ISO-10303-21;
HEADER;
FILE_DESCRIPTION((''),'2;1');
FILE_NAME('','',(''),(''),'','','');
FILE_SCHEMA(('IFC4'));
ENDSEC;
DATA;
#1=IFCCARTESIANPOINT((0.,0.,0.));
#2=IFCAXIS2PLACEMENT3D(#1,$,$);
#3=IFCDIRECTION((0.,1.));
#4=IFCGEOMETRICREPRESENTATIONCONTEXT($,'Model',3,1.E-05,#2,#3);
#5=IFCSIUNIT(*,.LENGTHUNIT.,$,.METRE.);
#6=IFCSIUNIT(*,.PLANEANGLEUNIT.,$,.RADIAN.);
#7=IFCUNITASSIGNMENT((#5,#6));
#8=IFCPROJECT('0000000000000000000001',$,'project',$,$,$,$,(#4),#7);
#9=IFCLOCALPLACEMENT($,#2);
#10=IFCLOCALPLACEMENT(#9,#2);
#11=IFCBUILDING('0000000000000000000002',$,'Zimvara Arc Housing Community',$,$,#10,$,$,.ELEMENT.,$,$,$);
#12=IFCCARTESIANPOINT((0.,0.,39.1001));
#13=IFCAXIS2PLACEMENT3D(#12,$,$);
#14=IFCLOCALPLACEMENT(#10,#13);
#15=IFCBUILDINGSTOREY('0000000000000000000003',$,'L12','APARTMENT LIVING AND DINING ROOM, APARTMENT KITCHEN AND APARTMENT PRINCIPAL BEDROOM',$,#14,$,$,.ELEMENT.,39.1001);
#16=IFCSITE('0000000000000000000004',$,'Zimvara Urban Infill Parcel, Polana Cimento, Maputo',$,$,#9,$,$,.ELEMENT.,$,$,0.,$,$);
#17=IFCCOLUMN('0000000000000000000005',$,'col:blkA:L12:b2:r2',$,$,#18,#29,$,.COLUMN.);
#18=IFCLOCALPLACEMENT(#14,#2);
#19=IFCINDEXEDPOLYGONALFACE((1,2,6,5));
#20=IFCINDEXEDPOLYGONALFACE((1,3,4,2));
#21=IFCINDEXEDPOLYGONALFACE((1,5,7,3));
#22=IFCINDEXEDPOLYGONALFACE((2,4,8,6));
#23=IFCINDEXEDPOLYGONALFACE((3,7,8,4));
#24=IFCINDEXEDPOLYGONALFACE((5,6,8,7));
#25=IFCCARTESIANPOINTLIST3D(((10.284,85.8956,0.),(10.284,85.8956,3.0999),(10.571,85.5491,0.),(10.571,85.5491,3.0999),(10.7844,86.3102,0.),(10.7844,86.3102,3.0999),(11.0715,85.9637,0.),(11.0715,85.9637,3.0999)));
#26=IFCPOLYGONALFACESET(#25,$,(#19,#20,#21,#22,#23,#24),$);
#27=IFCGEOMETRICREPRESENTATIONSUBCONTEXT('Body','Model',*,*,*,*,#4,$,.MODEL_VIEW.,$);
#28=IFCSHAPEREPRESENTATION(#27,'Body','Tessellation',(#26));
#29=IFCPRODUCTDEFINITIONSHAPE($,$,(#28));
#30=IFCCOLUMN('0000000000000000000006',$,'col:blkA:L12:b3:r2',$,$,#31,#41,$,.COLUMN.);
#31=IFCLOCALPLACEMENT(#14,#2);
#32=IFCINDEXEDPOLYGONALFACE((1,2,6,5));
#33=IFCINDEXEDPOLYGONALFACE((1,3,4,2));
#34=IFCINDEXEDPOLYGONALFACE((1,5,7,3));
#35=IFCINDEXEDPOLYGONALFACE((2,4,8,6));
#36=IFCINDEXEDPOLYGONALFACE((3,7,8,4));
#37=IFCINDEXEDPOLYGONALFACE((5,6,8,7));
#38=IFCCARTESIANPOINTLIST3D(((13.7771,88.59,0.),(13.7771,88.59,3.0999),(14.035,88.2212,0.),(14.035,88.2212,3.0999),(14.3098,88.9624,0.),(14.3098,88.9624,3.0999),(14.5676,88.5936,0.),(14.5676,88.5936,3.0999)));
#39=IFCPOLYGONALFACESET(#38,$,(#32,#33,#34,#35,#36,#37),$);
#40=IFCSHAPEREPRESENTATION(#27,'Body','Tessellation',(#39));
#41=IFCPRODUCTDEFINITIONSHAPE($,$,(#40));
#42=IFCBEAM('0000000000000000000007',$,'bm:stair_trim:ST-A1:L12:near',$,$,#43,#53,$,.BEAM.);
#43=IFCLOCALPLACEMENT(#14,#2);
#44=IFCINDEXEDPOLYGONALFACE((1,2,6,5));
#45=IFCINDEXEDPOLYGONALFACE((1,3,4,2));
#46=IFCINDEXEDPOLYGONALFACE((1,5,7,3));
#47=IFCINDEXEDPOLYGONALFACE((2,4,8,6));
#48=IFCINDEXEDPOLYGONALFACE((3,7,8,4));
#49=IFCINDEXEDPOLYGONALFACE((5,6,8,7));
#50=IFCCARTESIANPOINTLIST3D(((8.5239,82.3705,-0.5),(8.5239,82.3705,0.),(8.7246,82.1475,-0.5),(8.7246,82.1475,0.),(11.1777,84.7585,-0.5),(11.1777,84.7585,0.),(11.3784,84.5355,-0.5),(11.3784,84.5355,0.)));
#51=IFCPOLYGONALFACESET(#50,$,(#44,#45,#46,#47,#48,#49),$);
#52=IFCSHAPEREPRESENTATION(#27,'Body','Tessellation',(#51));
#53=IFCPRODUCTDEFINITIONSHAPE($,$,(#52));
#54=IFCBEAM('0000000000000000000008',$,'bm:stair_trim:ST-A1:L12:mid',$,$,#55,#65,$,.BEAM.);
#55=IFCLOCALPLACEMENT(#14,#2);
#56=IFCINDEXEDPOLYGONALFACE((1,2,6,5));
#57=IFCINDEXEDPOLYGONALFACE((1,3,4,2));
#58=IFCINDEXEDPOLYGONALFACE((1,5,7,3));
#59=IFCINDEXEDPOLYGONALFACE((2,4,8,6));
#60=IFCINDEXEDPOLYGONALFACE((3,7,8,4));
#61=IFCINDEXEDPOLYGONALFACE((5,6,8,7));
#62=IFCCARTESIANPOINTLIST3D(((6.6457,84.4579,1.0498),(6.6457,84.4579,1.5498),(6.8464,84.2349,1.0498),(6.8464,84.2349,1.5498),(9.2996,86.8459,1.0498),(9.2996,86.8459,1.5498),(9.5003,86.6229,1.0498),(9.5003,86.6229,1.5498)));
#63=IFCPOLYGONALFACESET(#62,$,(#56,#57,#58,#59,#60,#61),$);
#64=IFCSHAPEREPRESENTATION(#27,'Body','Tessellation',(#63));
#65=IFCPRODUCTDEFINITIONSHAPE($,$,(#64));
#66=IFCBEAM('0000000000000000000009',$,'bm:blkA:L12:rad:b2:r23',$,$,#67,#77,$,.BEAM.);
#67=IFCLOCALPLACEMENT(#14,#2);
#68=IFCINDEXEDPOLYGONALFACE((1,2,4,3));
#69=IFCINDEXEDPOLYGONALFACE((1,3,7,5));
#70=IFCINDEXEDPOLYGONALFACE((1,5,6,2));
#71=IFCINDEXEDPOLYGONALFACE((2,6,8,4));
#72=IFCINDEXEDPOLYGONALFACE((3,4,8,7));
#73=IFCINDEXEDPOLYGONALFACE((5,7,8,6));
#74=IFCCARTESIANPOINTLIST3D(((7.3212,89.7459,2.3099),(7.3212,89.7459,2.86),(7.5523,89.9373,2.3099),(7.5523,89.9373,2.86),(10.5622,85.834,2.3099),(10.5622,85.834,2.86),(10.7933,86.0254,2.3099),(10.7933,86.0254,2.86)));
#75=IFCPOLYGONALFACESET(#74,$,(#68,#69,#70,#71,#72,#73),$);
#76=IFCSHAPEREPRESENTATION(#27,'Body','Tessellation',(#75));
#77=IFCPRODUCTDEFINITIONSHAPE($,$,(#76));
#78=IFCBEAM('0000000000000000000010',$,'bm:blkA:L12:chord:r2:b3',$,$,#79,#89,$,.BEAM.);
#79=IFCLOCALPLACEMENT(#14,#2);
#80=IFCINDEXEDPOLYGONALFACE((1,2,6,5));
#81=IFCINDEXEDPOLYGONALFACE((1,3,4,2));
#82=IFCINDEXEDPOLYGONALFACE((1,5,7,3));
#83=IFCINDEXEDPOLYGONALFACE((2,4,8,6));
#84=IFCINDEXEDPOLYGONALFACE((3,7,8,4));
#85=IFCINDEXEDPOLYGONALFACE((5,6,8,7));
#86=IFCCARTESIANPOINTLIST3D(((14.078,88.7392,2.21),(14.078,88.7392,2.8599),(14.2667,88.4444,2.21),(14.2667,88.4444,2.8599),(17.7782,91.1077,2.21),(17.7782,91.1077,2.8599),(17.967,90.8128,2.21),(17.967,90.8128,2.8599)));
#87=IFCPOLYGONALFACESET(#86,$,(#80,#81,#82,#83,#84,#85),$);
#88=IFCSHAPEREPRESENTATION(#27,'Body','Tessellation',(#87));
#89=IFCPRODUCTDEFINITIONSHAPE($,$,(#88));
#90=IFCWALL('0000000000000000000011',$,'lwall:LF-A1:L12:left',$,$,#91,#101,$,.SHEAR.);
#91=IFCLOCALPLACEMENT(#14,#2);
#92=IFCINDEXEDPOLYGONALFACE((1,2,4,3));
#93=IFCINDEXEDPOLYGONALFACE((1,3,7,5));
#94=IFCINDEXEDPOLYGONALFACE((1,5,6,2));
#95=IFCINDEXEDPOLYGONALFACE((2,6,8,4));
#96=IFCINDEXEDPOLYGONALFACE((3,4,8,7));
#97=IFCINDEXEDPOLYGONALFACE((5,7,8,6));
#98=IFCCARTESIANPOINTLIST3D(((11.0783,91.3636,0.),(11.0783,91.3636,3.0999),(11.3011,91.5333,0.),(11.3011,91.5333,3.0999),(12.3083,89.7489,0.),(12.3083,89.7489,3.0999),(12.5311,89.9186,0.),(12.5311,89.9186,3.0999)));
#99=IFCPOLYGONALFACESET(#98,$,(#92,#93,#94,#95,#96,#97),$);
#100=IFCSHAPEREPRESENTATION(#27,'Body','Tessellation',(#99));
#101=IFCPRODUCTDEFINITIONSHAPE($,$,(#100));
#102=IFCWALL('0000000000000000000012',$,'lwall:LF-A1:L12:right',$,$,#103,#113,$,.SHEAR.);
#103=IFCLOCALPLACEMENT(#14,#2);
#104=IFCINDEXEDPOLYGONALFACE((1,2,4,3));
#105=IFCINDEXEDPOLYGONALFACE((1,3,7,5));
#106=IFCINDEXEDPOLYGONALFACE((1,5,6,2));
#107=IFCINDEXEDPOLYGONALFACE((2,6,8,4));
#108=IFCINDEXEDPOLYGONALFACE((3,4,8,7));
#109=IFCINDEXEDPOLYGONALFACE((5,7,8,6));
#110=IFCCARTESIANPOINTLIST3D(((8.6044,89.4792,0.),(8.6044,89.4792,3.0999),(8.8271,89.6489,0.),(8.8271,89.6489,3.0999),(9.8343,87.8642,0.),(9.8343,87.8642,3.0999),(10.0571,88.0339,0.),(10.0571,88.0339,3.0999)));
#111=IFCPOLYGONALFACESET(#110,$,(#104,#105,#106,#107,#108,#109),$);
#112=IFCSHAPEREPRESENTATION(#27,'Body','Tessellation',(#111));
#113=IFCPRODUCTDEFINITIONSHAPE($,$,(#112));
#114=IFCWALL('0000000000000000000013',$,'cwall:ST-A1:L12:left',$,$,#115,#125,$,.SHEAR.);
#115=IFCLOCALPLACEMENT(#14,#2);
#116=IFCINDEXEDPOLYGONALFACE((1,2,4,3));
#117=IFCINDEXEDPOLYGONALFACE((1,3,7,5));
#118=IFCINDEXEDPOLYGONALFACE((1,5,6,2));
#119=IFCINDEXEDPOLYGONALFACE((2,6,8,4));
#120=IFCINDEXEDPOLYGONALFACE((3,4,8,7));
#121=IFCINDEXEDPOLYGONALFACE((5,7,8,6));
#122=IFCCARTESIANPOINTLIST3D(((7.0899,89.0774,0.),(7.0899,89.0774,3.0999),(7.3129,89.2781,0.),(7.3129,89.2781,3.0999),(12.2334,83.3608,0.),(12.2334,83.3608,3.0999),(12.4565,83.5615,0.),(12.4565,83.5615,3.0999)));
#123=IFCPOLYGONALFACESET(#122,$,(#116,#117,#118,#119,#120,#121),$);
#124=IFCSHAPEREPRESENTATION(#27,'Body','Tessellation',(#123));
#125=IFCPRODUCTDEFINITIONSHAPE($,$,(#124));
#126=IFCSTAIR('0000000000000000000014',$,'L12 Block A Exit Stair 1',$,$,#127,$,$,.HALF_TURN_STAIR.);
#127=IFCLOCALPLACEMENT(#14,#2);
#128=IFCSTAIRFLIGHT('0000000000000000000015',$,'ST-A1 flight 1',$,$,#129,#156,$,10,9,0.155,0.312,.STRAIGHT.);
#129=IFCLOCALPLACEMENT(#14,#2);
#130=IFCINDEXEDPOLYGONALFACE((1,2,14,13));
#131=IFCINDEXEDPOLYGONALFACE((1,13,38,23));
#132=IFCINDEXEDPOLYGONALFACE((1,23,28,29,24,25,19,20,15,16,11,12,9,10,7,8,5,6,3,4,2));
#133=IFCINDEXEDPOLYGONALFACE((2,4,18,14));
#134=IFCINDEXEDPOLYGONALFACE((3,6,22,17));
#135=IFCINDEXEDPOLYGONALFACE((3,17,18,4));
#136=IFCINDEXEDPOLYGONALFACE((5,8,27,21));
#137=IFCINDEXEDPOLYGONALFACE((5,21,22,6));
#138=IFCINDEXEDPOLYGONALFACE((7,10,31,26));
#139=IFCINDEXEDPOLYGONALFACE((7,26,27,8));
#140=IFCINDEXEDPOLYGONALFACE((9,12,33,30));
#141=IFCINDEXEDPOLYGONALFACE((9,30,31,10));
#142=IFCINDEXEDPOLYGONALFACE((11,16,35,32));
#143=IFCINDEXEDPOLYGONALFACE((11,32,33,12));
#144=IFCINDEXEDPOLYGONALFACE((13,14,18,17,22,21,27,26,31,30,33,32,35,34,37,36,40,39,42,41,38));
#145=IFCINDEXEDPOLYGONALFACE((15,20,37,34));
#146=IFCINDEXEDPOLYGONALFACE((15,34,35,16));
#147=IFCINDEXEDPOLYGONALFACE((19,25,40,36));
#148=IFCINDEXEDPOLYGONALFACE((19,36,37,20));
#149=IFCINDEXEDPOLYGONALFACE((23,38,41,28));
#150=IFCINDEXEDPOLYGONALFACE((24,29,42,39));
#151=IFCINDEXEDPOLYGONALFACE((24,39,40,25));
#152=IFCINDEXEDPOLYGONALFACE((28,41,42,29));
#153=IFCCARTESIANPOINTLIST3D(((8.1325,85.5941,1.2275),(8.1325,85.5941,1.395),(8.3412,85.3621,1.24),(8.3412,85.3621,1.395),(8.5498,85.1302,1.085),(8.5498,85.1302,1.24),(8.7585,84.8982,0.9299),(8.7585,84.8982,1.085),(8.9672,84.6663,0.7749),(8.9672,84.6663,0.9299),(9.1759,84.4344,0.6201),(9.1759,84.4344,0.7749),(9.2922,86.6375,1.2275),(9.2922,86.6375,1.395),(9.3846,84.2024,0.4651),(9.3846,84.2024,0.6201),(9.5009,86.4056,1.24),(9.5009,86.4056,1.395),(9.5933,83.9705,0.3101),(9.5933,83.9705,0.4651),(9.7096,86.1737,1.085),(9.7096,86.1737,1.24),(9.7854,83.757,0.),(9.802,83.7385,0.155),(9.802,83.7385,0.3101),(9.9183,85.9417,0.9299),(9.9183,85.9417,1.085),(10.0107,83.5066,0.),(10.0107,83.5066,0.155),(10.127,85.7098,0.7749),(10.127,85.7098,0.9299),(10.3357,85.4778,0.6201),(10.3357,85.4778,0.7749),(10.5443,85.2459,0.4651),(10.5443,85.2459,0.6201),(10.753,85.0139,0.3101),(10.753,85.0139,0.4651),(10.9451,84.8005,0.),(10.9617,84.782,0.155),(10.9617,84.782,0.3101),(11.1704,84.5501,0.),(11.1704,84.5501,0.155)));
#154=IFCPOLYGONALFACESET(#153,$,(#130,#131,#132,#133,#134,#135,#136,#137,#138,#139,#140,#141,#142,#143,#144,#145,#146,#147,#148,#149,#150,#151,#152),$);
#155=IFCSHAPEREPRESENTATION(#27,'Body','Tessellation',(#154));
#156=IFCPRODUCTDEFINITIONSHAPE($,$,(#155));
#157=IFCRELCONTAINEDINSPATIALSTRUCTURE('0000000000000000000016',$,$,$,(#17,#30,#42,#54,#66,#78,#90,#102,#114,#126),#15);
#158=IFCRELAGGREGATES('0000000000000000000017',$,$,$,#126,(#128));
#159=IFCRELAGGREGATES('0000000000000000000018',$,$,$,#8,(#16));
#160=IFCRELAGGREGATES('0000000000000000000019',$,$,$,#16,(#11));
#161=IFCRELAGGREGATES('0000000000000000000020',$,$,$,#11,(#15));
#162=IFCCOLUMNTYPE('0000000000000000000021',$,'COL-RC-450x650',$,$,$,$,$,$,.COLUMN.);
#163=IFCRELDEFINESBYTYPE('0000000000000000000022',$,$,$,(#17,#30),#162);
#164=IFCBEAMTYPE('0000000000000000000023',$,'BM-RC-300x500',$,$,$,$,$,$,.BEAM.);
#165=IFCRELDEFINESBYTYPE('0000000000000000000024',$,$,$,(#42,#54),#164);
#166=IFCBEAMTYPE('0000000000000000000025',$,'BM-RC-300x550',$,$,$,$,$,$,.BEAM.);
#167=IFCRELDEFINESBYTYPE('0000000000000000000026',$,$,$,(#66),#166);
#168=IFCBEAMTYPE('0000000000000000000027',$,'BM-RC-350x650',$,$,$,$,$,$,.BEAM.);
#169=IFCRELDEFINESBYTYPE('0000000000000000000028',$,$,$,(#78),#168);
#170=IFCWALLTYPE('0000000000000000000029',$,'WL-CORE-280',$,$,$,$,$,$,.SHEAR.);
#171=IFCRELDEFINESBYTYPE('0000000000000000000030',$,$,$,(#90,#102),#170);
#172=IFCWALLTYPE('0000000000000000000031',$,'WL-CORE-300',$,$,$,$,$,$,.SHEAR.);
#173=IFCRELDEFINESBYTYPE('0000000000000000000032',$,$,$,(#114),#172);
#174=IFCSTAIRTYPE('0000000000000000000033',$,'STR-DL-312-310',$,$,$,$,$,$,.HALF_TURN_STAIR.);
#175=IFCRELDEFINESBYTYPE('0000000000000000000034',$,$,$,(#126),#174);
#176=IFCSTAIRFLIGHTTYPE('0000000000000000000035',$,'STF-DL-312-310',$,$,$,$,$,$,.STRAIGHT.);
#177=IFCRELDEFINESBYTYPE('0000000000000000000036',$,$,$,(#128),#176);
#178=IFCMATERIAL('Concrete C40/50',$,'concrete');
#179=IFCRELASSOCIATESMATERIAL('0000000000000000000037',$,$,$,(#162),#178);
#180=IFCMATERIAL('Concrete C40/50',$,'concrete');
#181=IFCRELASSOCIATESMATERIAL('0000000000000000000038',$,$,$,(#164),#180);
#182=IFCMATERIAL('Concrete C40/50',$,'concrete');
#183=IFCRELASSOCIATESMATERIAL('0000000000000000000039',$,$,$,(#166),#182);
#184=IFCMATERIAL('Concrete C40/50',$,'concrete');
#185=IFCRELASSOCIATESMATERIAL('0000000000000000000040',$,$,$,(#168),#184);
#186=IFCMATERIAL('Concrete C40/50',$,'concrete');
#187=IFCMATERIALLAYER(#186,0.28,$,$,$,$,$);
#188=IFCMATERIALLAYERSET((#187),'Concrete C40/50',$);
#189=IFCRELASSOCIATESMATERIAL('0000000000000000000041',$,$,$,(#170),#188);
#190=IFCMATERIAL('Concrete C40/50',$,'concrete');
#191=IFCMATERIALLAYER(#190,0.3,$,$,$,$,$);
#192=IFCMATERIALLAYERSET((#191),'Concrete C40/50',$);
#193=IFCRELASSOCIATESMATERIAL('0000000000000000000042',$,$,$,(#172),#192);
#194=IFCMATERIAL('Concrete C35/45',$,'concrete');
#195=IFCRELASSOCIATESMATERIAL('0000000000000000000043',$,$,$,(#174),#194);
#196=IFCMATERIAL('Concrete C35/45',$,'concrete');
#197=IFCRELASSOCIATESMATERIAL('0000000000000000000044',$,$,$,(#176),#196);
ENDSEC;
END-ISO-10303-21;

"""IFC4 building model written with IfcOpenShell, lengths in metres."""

from ifc_helpers import new_model, si_unit, direction, frame, frame_2d, origin, origin_2d, place, context, subcontext, project, spatial, polyline, rectangle, outline, extrude, material, layer, layer_set, material_profile, profile_set, type_object, element, aggregate, save


model = new_model("IFC4")

# Units and contexts
model_context = context("Model", 3, precision=1e-05, world=origin(), true_north=direction((0.0, 1.0)))
body_context = subcontext(model_context, "Body", "Model", "MODEL_VIEW")
ifc_project = project(units=[si_unit("LENGTHUNIT", "METRE"), si_unit("PLANEANGLEUNIT", "RADIAN")], contexts=[model_context])

# Site, building, storey
site_placement = place(None, origin())
site = spatial("IfcSite", under=ifc_project, at=site_placement, Name="Zimvara Urban Infill Parcel, Polana Cimento, Maputo", CompositionType="ELEMENT", RefElevation=0.0)
building_placement = place(site_placement, origin())
building = spatial("IfcBuilding", under=site, at=building_placement, Name="Zimvara Arc Housing Community", CompositionType="ELEMENT")
storey_placement = place(building_placement, frame((0.0, 0.0, 39.1001)))
storey = spatial("IfcBuildingStorey", under=building, at=storey_placement, Name="L12", Description="APARTMENT LIVING AND DINING ROOM, APARTMENT KITCHEN AND APARTMENT PRINCIPAL BEDROOM", CompositionType="ELEMENT", Elevation=39.1001)

# Columns
ifc_material_1 = material(Name="Concrete C40/50", Category="concrete")
ifc_material_profile_1 = material_profile(ifc_material_1, rectangle(XDim=0.45, YDim=0.6499, at=origin_2d()), Name="RC 450x650")
ifc_profile_set_1 = profile_set([ifc_material_profile_1], Name="Concrete C40/50")
column_type = type_object("IfcColumnType", Name="COL-RC-450x650", PredefinedType="COLUMN", material=ifc_profile_set_1)
for number, where, z_axis, x_axis, name in (
    (1, (10.6777, 85.9297, 0.0), (0.0, 0.0, 1.0), (-0.637962, 0.770068, 0.0), "col:blkA:L12:b2:r2"),
    (2, (14.1724, 88.5918, 0.0), (0.0, 0.0, 1.0), (-0.573004, 0.819552, 0.0), "col:blkA:L12:b3:r2"),
):
    element("IfcColumn", number, at=place(storey_placement, frame(where, z_axis=z_axis, x_axis=x_axis)), inside=storey, type_object=column_type, Name=name, PredefinedType="COLUMN", context=body_context, shape_type="SweptSolid", body=[
        extrude(rectangle(XDim=0.45, YDim=0.6499, at=origin_2d()), origin(), (0.0, 0.0, 1.0), 3.0999),
    ])

# Beams
ifc_material_2 = material(Name="Concrete C40/50", Category="concrete")
ifc_material_profile_2 = material_profile(ifc_material_2, rectangle(XDim=0.3, YDim=0.5, at=origin_2d()), Name="RC 300x500")
ifc_profile_set_2 = profile_set([ifc_material_profile_2], Name="Concrete C40/50")
beam_type_1 = type_object("IfcBeamType", Name="BM-RC-300x500", PredefinedType="BEAM", material=ifc_profile_set_2)
for number, where, z_axis, x_axis, name in (
    (3, (11.2781, 84.647, -0.25), (-0.743362, -0.668889, 0.0), (0.668889, -0.743362, 0.0), "bm:stair_trim:ST-A1:L12:near"),
    (4, (9.3999, 86.7344, 1.2998), (-0.743362, -0.668889, 0.0), (0.668889, -0.743362, 0.0), "bm:stair_trim:ST-A1:L12:mid"),
):
    element("IfcBeam", number, at=place(storey_placement, frame(where, z_axis=z_axis, x_axis=x_axis)), inside=storey, type_object=beam_type_1, Name=name, PredefinedType="BEAM", context=body_context, shape_type="SweptSolid", body=[
        extrude(rectangle(XDim=0.3, YDim=0.5, at=origin_2d()), origin(), (0.0, 0.0, 1.0), 3.5701),
    ])
ifc_material_3 = material(Name="Concrete C40/50", Category="concrete")
ifc_material_profile_3 = material_profile(ifc_material_3, rectangle(XDim=0.3, YDim=0.55, at=origin_2d()), Name="RC 300x550")
ifc_profile_set_3 = profile_set([ifc_material_profile_3], Name="Concrete C40/50")
beam_type_2 = type_object("IfcBeamType", Name="BM-RC-300x550", PredefinedType="BEAM", material=ifc_profile_set_3)
beam_1_placement = place(storey_placement, frame((10.6777, 85.9297, 2.585), z_axis=(-0.637984, 0.77005, 0.0), x_axis=(-0.77005, -0.637984, 0.0)))
element("IfcBeam", 5, at=beam_1_placement, inside=storey, type_object=beam_type_2, Name="bm:blkA:L12:rad:b2:r23", PredefinedType="BEAM", context=body_context, shape_type="SweptSolid", body=[
    extrude(rectangle(XDim=0.3, YDim=0.55, at=origin_2d()), origin(), (0.0, 0.0, 1.0), 5.0801),
])
ifc_material_4 = material(Name="Concrete C40/50", Category="concrete")
ifc_material_profile_4 = material_profile(ifc_material_4, rectangle(XDim=0.3501, YDim=0.6499, at=origin_2d()), Name="RC 350x650")
ifc_profile_set_4 = profile_set([ifc_material_profile_4], Name="Concrete C40/50")
beam_type_3 = type_object("IfcBeamType", Name="BM-RC-350x650", PredefinedType="BEAM", material=ifc_profile_set_4)
beam_2_placement = place(storey_placement, frame((14.1724, 88.5918, 2.5349), z_axis=(0.842242, 0.539099, 0.0), x_axis=(-0.539099, 0.842242, 0.0)))
element("IfcBeam", 6, at=beam_2_placement, inside=storey, type_object=beam_type_3, Name="bm:blkA:L12:chord:r2:b3", PredefinedType="BEAM", context=body_context, shape_type="SweptSolid", body=[
    extrude(rectangle(XDim=0.3501, YDim=0.6499, at=origin_2d()), origin(), (0.0, 0.0, 1.0), 4.3933),
])

# Shared definitions
ifc_material_5 = material(Name="Concrete C40/50", Category="concrete")
ifc_layer_1 = layer(ifc_material_5, 0.28)
ifc_layer_set_1 = layer_set([ifc_layer_1], Name="Concrete C40/50")
wall_type_1 = type_object("IfcWallType", Name="WL-CORE-280", PredefinedType="SHEAR", material=ifc_layer_set_1)

# Walls
wall_1_placement = place(storey_placement, frame((12.4197, 89.8337, 0.0), z_axis=(0.0, 0.0, 1.0), x_axis=(-0.605949, 0.795504, 0.0)))
element("IfcWall", 7, at=wall_1_placement, inside=storey, type_object=wall_type_1, Name="lwall:LF-A1:L12:left", PredefinedType="SHEAR", context=body_context, shape_type="SweptSolid", body=[
    extrude(rectangle(XDim=2.0298, YDim=0.28, at=frame_2d((1.0149, 0.0))), origin(), (0.0, 0.0, 1.0), 3.0999),
])
wall_2_placement = place(storey_placement, frame((9.9458, 87.949, 0.0), z_axis=(0.0, 0.0, 1.0), x_axis=(-0.605891, 0.795548, 0.0)))
element("IfcWall", 8, at=wall_2_placement, inside=storey, type_object=wall_type_1, Name="lwall:LF-A1:L12:right", PredefinedType="SHEAR", context=body_context, shape_type="SweptSolid", body=[
    extrude(rectangle(XDim=2.03, YDim=0.28, at=frame_2d((1.0151, 0.0))), origin(), (0.0, 0.0, 1.0), 3.0999),
])

# Shared definitions
ifc_material_6 = material(Name="Concrete C40/50", Category="concrete")
ifc_layer_2 = layer(ifc_material_6, 0.3)
ifc_layer_set_2 = layer_set([ifc_layer_2], Name="Concrete C40/50")
wall_type_2 = type_object("IfcWallType", Name="WL-CORE-300", PredefinedType="SHEAR", material=ifc_layer_set_2)

# Wall
wall_3_placement = place(storey_placement, frame((12.345, 83.4612, 0.0), z_axis=(0.0, 0.0, 1.0), x_axis=(-0.668868, 0.743381, 0.0)))
element("IfcWall", 9, at=wall_3_placement, inside=storey, type_object=wall_type_2, Name="cwall:ST-A1:L12:left", PredefinedType="SHEAR", context=body_context, shape_type="SweptSolid", body=[
    extrude(rectangle(XDim=7.6899, YDim=0.3, at=frame_2d((3.845, 0.0))), origin(), (0.0, 0.0, 1.0), 3.0999),
])

# Stair, stair flight
ifc_material_7 = material(Name="Concrete C35/45", Category="concrete")
stair_type = type_object("IfcStairType", Name="STR-DL-312-310", PredefinedType="HALF_TURN_STAIR", material=ifc_material_7)
stair_placement = place(storey_placement, origin())
stair = element("IfcStair", 10, at=stair_placement, inside=storey, type_object=stair_type, Name="L12 Block A Exit Stair 1", PredefinedType="HALF_TURN_STAIR")
ifc_material_8 = material(Name="Concrete C35/45", Category="concrete")
stair_flight_type = type_object("IfcStairFlightType", Name="STF-DL-312-310", PredefinedType="STRAIGHT", material=ifc_material_8)
stair_flight_placement = place(storey_placement, frame((10.5906, 84.0283, 0.0), z_axis=(0.0, 0.0, 1.0), x_axis=(-0.668871, 0.743378, 0.0)))
stair_flight = element("IfcStairFlight", 11, at=stair_flight_placement, type_object=stair_flight_type, Name="ST-A1 flight 1", NumberOfRisers=10, NumberOfTreads=9, PredefinedType="STRAIGHT", RiserHeight=0.155, TreadLength=0.312, context=body_context, shape_type="SweptSolid", body=[
    extrude(outline(polyline([(0.0, 0.0), (0.0, 0.155), (0.312, 0.155), (0.312, 0.3101), (0.624, 0.3101), (0.624, 0.4651), (0.936, 0.4651), (0.936, 0.6201), (1.248, 0.6201), (1.248, 0.7749), (1.5601, 0.7749), (1.5601, 0.9299), (1.8721, 0.9299), (1.8721, 1.085), (2.1841, 1.085), (2.1841, 1.24), (2.4961, 1.24), (2.4961, 1.395), (2.8081, 1.395), (2.8081, 1.55), (2.8081, 1.2275), (0.3369, 0.0), (0.0, 0.0)])), frame((0.0, 0.78, 0.0), z_axis=(0.0, -1.0, 0.0), x_axis=(1.0, 0.0, 0.0)), (0.0, 0.0, 1.0), 1.5601),
])
aggregate(stair, [stair_flight])

save(model, "model.ifc")
